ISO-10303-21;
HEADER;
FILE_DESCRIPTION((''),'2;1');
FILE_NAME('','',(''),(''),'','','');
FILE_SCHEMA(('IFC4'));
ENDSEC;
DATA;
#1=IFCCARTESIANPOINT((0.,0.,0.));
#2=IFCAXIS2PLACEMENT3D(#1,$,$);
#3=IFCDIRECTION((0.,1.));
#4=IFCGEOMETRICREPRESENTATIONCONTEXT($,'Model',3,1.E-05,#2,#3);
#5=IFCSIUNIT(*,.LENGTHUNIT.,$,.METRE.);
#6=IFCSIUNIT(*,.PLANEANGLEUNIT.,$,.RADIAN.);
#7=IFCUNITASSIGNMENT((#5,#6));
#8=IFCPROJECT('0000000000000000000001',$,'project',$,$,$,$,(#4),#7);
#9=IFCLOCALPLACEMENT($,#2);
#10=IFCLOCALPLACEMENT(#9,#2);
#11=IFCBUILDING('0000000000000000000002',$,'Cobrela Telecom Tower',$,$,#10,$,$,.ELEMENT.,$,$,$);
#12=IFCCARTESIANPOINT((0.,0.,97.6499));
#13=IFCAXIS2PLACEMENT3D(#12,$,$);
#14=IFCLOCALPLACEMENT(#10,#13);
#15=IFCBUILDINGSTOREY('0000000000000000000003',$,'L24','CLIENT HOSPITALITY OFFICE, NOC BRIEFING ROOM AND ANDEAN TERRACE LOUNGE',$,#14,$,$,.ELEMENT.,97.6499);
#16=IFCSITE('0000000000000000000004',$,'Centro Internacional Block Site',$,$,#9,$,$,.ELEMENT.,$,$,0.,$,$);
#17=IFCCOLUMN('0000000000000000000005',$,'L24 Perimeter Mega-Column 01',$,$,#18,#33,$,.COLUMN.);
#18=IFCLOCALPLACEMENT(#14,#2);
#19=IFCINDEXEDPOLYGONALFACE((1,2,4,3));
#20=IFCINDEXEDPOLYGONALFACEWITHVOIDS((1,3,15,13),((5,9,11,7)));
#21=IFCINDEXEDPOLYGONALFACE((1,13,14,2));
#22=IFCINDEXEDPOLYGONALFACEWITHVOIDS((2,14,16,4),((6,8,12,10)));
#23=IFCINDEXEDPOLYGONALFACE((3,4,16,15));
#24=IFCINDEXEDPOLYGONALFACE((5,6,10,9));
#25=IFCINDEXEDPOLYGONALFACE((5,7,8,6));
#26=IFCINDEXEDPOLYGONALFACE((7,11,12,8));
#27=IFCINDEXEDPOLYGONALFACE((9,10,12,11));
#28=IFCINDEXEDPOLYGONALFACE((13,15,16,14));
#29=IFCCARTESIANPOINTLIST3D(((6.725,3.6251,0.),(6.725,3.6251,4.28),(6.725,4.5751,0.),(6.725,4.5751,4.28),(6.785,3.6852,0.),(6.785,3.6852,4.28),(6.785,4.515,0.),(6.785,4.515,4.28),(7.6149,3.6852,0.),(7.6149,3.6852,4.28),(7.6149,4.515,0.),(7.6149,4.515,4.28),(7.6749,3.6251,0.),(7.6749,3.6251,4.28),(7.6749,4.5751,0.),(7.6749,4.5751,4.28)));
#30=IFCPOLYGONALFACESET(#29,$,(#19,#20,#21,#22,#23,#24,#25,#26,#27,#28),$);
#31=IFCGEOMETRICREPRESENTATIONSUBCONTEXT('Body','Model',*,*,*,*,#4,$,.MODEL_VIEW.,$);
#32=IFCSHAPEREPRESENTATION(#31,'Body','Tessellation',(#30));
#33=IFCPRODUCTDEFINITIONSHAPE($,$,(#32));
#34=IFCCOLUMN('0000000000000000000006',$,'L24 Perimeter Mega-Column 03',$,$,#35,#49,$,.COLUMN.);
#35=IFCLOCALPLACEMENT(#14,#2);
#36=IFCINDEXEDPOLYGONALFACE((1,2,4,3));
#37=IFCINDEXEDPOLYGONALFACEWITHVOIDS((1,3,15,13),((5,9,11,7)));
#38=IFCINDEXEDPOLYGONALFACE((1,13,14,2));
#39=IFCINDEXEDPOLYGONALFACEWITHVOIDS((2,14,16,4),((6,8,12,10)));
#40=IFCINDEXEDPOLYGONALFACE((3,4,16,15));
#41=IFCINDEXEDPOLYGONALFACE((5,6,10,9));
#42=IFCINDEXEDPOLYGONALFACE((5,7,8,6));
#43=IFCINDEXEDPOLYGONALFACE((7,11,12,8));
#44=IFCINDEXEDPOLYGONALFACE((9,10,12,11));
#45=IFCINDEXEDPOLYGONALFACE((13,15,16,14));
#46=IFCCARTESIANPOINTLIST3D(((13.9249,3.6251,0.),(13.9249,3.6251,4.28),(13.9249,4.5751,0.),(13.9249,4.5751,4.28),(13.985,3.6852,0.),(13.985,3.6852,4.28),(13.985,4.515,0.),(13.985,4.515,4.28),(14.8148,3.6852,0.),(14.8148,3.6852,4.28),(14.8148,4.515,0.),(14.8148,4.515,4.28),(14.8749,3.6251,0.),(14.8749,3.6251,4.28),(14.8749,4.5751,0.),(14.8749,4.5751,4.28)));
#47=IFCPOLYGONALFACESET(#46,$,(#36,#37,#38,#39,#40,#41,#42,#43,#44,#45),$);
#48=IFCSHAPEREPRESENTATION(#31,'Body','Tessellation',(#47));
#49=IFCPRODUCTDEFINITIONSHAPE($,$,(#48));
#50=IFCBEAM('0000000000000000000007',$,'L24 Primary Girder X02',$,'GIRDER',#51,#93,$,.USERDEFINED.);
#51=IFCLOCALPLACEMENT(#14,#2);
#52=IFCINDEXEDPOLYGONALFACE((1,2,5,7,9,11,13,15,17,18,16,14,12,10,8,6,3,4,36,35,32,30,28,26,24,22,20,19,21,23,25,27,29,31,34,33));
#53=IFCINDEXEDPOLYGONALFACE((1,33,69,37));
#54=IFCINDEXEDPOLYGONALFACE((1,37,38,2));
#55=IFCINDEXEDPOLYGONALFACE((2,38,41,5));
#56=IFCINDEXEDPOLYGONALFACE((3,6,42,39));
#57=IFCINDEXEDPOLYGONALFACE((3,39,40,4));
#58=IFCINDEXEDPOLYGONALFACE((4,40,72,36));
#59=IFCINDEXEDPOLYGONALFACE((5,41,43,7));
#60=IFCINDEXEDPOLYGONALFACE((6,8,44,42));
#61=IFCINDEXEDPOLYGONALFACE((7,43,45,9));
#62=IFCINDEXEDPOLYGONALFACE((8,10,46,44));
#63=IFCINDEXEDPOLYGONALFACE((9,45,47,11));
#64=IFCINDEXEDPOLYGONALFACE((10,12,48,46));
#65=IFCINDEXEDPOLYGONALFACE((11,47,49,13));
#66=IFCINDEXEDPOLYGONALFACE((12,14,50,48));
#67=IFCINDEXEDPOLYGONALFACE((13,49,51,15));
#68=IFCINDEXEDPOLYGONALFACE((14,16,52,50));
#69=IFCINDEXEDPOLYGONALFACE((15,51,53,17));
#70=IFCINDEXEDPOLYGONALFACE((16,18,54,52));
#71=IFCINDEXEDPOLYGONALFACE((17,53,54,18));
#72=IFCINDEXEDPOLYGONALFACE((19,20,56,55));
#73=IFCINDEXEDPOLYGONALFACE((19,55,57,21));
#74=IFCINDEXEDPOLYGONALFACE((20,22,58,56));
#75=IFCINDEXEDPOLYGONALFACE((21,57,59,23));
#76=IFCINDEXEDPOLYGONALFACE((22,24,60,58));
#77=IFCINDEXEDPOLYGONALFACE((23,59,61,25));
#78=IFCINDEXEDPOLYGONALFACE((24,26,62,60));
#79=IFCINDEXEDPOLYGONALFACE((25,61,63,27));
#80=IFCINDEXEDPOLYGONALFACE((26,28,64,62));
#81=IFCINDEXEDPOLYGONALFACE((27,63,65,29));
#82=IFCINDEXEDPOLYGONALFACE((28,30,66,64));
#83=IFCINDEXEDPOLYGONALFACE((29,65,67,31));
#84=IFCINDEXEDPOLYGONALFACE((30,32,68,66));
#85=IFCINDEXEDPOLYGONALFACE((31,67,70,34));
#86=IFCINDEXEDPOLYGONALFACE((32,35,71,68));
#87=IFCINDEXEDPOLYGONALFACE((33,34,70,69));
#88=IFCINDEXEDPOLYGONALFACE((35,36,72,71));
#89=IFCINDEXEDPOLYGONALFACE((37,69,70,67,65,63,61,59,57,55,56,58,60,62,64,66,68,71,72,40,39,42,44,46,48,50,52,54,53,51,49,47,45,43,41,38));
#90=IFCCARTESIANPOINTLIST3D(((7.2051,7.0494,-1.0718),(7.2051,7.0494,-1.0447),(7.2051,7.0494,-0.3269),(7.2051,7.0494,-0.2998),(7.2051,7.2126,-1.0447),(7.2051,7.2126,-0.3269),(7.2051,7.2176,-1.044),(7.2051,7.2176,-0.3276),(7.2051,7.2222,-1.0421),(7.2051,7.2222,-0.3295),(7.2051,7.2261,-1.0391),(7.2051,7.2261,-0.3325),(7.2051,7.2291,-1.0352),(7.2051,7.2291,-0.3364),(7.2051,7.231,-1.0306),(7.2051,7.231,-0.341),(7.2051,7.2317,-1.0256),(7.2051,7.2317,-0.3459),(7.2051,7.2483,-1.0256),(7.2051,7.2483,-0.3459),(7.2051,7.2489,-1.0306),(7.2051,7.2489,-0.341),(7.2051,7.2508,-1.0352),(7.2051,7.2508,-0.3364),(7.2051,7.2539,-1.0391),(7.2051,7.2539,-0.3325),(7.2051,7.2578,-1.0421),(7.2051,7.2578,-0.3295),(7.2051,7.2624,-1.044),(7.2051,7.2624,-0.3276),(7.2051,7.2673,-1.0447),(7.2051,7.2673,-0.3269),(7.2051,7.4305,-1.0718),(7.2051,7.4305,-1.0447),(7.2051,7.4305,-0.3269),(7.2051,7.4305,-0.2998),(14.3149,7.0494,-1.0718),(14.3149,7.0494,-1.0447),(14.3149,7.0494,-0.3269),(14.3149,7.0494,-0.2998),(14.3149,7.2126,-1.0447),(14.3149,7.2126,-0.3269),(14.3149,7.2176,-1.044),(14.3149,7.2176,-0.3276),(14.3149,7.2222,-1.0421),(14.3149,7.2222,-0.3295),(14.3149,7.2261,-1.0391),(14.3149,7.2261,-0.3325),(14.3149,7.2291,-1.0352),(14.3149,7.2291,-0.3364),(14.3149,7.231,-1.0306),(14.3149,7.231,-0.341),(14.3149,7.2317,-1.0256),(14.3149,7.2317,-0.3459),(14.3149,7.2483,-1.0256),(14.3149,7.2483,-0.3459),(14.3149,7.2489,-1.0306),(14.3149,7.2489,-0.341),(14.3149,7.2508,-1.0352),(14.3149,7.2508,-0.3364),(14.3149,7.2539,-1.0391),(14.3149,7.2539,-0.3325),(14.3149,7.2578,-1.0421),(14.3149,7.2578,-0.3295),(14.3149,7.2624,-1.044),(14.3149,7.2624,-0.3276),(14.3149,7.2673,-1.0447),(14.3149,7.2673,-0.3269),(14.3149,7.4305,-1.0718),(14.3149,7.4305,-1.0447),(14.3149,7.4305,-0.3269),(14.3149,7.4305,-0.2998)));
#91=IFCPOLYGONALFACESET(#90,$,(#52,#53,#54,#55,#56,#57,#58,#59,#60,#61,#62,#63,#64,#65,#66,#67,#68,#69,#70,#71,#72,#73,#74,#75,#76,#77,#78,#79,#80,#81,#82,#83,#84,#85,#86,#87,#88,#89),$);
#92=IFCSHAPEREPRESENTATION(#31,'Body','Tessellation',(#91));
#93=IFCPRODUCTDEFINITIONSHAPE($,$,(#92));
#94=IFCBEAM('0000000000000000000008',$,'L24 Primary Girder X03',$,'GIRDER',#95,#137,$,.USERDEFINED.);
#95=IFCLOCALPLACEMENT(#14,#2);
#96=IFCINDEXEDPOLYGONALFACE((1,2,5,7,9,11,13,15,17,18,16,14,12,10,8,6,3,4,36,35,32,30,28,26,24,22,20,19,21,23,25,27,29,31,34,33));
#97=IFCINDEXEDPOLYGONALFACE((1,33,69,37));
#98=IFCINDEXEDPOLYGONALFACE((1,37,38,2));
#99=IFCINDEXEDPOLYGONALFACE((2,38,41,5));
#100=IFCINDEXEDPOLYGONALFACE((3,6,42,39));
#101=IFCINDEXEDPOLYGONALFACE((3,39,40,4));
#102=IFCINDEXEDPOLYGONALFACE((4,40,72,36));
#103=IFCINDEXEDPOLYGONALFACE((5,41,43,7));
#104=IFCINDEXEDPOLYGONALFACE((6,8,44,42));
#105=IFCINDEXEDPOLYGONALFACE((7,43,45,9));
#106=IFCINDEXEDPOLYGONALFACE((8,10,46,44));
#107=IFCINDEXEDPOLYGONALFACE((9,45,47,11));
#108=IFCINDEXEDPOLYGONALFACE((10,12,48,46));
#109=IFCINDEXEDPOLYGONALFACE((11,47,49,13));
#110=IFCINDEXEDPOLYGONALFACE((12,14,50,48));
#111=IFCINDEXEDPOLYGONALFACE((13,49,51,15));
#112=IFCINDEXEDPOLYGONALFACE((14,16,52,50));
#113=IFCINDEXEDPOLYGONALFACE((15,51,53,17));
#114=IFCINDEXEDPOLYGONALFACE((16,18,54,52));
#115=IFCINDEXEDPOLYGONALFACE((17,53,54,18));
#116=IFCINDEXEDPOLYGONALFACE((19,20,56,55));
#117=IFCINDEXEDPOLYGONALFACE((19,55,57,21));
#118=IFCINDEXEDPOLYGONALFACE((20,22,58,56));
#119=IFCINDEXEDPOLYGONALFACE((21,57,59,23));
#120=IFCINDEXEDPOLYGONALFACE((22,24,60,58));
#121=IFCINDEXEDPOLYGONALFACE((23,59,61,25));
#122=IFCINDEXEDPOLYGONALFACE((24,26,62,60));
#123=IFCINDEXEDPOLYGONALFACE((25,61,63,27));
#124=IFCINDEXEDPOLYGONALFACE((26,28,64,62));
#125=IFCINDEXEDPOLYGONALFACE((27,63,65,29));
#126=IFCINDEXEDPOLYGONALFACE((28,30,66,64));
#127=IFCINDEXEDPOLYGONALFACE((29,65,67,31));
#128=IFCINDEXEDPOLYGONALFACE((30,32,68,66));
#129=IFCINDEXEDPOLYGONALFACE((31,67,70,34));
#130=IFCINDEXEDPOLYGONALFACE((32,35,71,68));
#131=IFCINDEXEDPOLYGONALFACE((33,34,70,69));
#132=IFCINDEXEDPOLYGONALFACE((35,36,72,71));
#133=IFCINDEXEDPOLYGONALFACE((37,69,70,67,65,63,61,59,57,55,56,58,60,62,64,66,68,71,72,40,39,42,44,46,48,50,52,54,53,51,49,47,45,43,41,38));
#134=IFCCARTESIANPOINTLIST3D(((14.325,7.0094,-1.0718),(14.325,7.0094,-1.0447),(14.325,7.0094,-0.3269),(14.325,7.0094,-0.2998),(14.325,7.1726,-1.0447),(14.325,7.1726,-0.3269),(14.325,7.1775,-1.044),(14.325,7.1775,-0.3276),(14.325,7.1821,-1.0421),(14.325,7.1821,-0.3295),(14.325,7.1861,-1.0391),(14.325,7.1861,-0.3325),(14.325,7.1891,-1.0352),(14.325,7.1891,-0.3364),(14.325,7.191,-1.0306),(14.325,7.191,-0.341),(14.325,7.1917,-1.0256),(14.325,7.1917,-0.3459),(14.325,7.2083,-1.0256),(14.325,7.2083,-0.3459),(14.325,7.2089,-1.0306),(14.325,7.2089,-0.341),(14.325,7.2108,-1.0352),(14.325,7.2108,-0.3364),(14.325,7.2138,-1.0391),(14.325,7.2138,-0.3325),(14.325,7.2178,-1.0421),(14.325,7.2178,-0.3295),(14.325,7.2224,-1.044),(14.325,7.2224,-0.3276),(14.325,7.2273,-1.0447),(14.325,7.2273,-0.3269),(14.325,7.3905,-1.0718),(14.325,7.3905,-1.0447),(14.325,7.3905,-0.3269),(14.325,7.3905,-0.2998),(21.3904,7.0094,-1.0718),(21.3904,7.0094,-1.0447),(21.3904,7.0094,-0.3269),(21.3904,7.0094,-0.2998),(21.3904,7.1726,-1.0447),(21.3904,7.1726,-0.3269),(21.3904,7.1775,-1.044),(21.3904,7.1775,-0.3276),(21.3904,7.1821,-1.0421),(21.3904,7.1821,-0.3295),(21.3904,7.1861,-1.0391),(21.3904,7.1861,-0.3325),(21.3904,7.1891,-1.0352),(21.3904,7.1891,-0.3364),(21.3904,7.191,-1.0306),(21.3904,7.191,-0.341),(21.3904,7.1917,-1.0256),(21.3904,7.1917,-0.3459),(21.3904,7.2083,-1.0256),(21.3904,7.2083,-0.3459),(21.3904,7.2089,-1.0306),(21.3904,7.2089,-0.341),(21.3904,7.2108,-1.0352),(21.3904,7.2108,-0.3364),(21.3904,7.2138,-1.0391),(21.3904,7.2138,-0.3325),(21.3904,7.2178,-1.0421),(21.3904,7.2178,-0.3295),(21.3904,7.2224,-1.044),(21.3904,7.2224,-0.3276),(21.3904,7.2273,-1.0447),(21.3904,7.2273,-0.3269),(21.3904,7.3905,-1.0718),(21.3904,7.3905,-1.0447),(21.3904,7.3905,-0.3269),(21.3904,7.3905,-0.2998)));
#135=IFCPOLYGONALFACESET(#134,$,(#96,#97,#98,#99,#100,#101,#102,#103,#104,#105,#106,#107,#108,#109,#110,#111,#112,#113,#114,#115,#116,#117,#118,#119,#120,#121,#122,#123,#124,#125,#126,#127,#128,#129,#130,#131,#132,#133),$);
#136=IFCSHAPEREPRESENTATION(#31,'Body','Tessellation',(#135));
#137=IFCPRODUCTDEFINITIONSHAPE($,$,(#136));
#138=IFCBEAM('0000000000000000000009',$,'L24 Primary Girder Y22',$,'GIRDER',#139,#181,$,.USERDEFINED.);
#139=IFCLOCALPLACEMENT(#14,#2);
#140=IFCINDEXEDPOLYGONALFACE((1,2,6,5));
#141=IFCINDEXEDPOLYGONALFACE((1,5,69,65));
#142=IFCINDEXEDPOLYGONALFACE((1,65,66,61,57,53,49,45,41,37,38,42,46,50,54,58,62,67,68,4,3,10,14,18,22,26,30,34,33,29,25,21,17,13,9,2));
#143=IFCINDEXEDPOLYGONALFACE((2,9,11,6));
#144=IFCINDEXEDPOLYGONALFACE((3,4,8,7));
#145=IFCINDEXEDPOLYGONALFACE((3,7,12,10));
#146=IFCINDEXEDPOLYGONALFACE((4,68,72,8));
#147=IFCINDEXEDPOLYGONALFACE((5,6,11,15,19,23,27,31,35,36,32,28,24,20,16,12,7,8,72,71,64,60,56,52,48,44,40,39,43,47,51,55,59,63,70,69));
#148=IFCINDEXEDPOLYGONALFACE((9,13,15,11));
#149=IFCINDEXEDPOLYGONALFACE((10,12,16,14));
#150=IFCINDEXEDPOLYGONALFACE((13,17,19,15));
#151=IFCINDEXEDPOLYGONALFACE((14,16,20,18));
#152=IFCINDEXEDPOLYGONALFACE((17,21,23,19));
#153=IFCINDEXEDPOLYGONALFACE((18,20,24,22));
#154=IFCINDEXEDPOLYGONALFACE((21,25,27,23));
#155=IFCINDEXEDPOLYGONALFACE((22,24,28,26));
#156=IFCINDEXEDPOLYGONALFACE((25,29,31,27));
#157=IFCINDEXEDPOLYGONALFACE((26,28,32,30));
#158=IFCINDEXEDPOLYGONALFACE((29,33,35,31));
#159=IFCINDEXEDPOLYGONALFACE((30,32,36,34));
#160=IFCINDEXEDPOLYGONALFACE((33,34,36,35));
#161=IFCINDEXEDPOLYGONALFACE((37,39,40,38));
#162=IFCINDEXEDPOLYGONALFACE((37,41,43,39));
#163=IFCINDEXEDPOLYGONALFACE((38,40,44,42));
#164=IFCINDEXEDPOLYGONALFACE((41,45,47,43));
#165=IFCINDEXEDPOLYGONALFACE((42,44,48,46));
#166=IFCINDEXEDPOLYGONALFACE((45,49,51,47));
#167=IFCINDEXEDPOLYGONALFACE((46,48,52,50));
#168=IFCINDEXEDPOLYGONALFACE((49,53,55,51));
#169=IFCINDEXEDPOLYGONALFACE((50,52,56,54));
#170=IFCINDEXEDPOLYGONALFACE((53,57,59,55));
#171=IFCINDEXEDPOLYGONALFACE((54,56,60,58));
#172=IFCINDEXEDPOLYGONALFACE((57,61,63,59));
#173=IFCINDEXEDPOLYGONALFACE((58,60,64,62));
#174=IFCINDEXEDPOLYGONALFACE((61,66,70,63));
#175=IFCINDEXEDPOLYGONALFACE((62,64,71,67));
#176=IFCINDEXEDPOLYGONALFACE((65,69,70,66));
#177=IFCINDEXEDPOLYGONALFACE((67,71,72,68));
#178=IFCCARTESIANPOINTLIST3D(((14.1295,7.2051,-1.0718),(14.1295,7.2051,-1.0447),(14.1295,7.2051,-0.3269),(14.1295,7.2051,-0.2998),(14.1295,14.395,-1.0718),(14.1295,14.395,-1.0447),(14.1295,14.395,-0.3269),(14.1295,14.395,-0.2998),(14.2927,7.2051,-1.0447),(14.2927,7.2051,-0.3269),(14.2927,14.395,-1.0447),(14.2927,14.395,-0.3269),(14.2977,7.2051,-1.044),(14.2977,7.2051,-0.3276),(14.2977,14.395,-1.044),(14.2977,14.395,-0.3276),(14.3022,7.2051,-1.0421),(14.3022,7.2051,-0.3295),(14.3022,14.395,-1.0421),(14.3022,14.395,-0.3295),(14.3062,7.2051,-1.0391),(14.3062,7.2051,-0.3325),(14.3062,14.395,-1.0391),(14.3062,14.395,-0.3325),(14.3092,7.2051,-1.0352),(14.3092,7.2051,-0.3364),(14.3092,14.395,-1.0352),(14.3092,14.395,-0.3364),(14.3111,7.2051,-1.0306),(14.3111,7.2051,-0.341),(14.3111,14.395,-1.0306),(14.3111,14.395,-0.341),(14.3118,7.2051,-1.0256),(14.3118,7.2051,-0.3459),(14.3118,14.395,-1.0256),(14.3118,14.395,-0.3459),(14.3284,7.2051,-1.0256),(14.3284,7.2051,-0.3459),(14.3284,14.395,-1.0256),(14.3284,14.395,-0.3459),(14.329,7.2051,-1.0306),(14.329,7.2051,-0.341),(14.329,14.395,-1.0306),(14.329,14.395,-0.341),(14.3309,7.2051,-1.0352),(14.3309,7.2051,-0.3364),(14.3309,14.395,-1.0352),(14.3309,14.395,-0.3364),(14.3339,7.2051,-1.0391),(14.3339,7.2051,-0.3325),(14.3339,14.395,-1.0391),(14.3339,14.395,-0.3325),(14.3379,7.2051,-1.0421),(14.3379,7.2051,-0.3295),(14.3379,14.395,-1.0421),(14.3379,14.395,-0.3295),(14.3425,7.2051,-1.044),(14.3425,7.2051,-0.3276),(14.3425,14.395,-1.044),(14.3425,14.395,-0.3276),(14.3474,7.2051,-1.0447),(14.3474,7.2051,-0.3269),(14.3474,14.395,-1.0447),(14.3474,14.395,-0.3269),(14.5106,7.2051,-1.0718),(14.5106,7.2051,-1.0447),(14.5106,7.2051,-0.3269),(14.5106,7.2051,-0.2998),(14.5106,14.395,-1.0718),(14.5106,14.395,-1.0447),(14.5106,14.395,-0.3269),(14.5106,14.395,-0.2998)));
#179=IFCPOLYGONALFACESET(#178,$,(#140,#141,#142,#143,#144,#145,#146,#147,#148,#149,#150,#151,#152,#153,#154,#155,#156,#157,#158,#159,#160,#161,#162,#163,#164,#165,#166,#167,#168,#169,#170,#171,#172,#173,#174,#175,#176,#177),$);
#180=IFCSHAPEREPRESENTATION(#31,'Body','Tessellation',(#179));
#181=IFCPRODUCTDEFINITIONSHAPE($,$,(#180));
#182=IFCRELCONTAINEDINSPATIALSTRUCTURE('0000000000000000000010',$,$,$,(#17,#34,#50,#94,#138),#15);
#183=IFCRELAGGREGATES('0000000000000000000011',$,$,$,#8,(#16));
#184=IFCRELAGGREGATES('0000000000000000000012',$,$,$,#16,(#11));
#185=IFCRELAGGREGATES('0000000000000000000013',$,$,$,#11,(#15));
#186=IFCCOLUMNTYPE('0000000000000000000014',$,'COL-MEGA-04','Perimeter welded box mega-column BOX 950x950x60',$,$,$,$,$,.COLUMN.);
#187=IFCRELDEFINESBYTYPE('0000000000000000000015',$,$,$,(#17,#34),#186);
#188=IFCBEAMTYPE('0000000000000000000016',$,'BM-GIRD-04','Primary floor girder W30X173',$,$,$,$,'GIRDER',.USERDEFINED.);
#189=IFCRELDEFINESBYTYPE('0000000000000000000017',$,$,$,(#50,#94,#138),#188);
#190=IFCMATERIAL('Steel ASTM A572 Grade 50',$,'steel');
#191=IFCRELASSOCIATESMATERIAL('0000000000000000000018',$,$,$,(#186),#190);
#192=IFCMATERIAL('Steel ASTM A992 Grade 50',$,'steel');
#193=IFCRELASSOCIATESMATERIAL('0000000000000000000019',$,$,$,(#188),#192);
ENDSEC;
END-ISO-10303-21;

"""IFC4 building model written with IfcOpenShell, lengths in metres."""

from ifc_helpers import new_model, si_unit, direction, frame, origin, origin_2d, place, context, subcontext, project, spatial, hollow_rectangle, i_section, extrude, material, material_profile, profile_set, type_object, element, save


model = new_model("IFC4")

# Units and contexts
model_context = context("Model", 3, precision=1e-05, world=origin(), true_north=direction((0.0, 1.0)))
body_context = subcontext(model_context, "Body", "Model", "MODEL_VIEW")
ifc_project = project(units=[si_unit("LENGTHUNIT", "METRE"), si_unit("PLANEANGLEUNIT", "RADIAN")], contexts=[model_context])

# Site, building, storey
site_placement = place(None, origin())
site = spatial("IfcSite", under=ifc_project, at=site_placement, Name="Centro Internacional Block Site", CompositionType="ELEMENT", RefElevation=0.0)
building_placement = place(site_placement, origin())
building = spatial("IfcBuilding", under=site, at=building_placement, Name="Cobrela Telecom Tower", CompositionType="ELEMENT")
storey_placement = place(building_placement, frame((0.0, 0.0, 97.6499)))
storey = spatial("IfcBuildingStorey", under=building, at=storey_placement, Name="L24", Description="CLIENT HOSPITALITY OFFICE, NOC BRIEFING ROOM AND ANDEAN TERRACE LOUNGE", CompositionType="ELEMENT", Elevation=97.6499)

# Columns
ifc_material_1 = material(Name="Steel ASTM A572 Grade 50", Category="steel")
ifc_material_profile_1 = material_profile(ifc_material_1, hollow_rectangle(XDim=0.95, YDim=0.95, WallThickness=0.0601, at=origin_2d()), Name="BOX 950x950x60")
ifc_profile_set_1 = profile_set([ifc_material_profile_1], Name="Steel ASTM A572 Grade 50")
column_type = type_object("IfcColumnType", Name="COL-MEGA-04", Description="Perimeter welded box mega-column BOX 950x950x60", PredefinedType="COLUMN", material=ifc_profile_set_1)
for number, where, z_axis, x_axis, name in (
    (1, (7.2, 4.1001, 0.0), (0.0, 0.0, 1.0), (1.0, 0.0, 0.0), "L24 Perimeter Mega-Column 01"),
    (2, (14.3999, 4.1001, 0.0), (0.0, 0.0, 1.0), (1.0, 0.0, 0.0), "L24 Perimeter Mega-Column 03"),
):
    element("IfcColumn", number, at=place(storey_placement, frame(where, z_axis=z_axis, x_axis=x_axis)), inside=storey, type_object=column_type, Name=name, PredefinedType="COLUMN", context=body_context, shape_type="SweptSolid", body=[
        extrude(hollow_rectangle(XDim=0.95, YDim=0.95, WallThickness=0.0601, at=origin_2d()), origin(), (0.0, 0.0, 1.0), 4.28),
    ])

# Beams
ifc_material_2 = material(Name="Steel ASTM A992 Grade 50", Category="steel")
ifc_material_profile_2 = material_profile(ifc_material_2, i_section(OverallWidth=0.3811, OverallDepth=0.772, WebThickness=0.0166, FlangeThickness=0.0271, FilletRadius=0.019, at=origin_2d()), Name="W30X173")
ifc_profile_set_2 = profile_set([ifc_material_profile_2], Name="Steel ASTM A992 Grade 50")
beam_type_1 = type_object("IfcBeamType", Name="BM-GIRD-04", Description="Primary floor girder W30X173", ElementType="GIRDER", PredefinedType="USERDEFINED", material=ifc_profile_set_2)
beam_1_placement = place(storey_placement, frame((7.2051, 7.24, -0.6858), z_axis=(1.0, 0.0, 0.0), x_axis=(0.0, 1.0, 0.0)))
element("IfcBeam", 3, at=beam_1_placement, inside=storey, type_object=beam_type_1, Name="L24 Primary Girder X02", ObjectType="GIRDER", PredefinedType="USERDEFINED", context=body_context, shape_type="SweptSolid", body=[
    extrude(i_section(OverallWidth=0.3811, OverallDepth=0.772, WebThickness=0.0166, FlangeThickness=0.0271, FilletRadius=0.019, at=origin_2d()), origin(), (0.0, 0.0, 1.0), 7.1099),
])
beam_2_placement = place(storey_placement, frame((14.325, 7.2, -0.6858), z_axis=(1.0, 0.0, 0.0), x_axis=(0.0, 1.0, 0.0)))
element("IfcBeam", 4, at=beam_2_placement, inside=storey, type_object=beam_type_1, Name="L24 Primary Girder X03", ObjectType="GIRDER", PredefinedType="USERDEFINED", context=body_context, shape_type="SweptSolid", body=[
    extrude(i_section(OverallWidth=0.3811, OverallDepth=0.772, WebThickness=0.0166, FlangeThickness=0.0271, FilletRadius=0.019, at=origin_2d()), origin(), (0.0, 0.0, 1.0), 7.0654),
])
beam_3_placement = place(storey_placement, frame((14.3201, 7.2051, -0.6858), z_axis=(0.0, 1.0, 0.0), x_axis=(-1.0, 0.0, 0.0)))
element("IfcBeam", 5, at=beam_3_placement, inside=storey, type_object=beam_type_1, Name="L24 Primary Girder Y22", ObjectType="GIRDER", PredefinedType="USERDEFINED", context=body_context, shape_type="SweptSolid", body=[
    extrude(i_section(OverallWidth=0.3811, OverallDepth=0.772, WebThickness=0.0166, FlangeThickness=0.0271, FilletRadius=0.019, at=origin_2d()), origin(), (0.0, 0.0, 1.0), 7.1899),
])

save(model, "model.ifc")
